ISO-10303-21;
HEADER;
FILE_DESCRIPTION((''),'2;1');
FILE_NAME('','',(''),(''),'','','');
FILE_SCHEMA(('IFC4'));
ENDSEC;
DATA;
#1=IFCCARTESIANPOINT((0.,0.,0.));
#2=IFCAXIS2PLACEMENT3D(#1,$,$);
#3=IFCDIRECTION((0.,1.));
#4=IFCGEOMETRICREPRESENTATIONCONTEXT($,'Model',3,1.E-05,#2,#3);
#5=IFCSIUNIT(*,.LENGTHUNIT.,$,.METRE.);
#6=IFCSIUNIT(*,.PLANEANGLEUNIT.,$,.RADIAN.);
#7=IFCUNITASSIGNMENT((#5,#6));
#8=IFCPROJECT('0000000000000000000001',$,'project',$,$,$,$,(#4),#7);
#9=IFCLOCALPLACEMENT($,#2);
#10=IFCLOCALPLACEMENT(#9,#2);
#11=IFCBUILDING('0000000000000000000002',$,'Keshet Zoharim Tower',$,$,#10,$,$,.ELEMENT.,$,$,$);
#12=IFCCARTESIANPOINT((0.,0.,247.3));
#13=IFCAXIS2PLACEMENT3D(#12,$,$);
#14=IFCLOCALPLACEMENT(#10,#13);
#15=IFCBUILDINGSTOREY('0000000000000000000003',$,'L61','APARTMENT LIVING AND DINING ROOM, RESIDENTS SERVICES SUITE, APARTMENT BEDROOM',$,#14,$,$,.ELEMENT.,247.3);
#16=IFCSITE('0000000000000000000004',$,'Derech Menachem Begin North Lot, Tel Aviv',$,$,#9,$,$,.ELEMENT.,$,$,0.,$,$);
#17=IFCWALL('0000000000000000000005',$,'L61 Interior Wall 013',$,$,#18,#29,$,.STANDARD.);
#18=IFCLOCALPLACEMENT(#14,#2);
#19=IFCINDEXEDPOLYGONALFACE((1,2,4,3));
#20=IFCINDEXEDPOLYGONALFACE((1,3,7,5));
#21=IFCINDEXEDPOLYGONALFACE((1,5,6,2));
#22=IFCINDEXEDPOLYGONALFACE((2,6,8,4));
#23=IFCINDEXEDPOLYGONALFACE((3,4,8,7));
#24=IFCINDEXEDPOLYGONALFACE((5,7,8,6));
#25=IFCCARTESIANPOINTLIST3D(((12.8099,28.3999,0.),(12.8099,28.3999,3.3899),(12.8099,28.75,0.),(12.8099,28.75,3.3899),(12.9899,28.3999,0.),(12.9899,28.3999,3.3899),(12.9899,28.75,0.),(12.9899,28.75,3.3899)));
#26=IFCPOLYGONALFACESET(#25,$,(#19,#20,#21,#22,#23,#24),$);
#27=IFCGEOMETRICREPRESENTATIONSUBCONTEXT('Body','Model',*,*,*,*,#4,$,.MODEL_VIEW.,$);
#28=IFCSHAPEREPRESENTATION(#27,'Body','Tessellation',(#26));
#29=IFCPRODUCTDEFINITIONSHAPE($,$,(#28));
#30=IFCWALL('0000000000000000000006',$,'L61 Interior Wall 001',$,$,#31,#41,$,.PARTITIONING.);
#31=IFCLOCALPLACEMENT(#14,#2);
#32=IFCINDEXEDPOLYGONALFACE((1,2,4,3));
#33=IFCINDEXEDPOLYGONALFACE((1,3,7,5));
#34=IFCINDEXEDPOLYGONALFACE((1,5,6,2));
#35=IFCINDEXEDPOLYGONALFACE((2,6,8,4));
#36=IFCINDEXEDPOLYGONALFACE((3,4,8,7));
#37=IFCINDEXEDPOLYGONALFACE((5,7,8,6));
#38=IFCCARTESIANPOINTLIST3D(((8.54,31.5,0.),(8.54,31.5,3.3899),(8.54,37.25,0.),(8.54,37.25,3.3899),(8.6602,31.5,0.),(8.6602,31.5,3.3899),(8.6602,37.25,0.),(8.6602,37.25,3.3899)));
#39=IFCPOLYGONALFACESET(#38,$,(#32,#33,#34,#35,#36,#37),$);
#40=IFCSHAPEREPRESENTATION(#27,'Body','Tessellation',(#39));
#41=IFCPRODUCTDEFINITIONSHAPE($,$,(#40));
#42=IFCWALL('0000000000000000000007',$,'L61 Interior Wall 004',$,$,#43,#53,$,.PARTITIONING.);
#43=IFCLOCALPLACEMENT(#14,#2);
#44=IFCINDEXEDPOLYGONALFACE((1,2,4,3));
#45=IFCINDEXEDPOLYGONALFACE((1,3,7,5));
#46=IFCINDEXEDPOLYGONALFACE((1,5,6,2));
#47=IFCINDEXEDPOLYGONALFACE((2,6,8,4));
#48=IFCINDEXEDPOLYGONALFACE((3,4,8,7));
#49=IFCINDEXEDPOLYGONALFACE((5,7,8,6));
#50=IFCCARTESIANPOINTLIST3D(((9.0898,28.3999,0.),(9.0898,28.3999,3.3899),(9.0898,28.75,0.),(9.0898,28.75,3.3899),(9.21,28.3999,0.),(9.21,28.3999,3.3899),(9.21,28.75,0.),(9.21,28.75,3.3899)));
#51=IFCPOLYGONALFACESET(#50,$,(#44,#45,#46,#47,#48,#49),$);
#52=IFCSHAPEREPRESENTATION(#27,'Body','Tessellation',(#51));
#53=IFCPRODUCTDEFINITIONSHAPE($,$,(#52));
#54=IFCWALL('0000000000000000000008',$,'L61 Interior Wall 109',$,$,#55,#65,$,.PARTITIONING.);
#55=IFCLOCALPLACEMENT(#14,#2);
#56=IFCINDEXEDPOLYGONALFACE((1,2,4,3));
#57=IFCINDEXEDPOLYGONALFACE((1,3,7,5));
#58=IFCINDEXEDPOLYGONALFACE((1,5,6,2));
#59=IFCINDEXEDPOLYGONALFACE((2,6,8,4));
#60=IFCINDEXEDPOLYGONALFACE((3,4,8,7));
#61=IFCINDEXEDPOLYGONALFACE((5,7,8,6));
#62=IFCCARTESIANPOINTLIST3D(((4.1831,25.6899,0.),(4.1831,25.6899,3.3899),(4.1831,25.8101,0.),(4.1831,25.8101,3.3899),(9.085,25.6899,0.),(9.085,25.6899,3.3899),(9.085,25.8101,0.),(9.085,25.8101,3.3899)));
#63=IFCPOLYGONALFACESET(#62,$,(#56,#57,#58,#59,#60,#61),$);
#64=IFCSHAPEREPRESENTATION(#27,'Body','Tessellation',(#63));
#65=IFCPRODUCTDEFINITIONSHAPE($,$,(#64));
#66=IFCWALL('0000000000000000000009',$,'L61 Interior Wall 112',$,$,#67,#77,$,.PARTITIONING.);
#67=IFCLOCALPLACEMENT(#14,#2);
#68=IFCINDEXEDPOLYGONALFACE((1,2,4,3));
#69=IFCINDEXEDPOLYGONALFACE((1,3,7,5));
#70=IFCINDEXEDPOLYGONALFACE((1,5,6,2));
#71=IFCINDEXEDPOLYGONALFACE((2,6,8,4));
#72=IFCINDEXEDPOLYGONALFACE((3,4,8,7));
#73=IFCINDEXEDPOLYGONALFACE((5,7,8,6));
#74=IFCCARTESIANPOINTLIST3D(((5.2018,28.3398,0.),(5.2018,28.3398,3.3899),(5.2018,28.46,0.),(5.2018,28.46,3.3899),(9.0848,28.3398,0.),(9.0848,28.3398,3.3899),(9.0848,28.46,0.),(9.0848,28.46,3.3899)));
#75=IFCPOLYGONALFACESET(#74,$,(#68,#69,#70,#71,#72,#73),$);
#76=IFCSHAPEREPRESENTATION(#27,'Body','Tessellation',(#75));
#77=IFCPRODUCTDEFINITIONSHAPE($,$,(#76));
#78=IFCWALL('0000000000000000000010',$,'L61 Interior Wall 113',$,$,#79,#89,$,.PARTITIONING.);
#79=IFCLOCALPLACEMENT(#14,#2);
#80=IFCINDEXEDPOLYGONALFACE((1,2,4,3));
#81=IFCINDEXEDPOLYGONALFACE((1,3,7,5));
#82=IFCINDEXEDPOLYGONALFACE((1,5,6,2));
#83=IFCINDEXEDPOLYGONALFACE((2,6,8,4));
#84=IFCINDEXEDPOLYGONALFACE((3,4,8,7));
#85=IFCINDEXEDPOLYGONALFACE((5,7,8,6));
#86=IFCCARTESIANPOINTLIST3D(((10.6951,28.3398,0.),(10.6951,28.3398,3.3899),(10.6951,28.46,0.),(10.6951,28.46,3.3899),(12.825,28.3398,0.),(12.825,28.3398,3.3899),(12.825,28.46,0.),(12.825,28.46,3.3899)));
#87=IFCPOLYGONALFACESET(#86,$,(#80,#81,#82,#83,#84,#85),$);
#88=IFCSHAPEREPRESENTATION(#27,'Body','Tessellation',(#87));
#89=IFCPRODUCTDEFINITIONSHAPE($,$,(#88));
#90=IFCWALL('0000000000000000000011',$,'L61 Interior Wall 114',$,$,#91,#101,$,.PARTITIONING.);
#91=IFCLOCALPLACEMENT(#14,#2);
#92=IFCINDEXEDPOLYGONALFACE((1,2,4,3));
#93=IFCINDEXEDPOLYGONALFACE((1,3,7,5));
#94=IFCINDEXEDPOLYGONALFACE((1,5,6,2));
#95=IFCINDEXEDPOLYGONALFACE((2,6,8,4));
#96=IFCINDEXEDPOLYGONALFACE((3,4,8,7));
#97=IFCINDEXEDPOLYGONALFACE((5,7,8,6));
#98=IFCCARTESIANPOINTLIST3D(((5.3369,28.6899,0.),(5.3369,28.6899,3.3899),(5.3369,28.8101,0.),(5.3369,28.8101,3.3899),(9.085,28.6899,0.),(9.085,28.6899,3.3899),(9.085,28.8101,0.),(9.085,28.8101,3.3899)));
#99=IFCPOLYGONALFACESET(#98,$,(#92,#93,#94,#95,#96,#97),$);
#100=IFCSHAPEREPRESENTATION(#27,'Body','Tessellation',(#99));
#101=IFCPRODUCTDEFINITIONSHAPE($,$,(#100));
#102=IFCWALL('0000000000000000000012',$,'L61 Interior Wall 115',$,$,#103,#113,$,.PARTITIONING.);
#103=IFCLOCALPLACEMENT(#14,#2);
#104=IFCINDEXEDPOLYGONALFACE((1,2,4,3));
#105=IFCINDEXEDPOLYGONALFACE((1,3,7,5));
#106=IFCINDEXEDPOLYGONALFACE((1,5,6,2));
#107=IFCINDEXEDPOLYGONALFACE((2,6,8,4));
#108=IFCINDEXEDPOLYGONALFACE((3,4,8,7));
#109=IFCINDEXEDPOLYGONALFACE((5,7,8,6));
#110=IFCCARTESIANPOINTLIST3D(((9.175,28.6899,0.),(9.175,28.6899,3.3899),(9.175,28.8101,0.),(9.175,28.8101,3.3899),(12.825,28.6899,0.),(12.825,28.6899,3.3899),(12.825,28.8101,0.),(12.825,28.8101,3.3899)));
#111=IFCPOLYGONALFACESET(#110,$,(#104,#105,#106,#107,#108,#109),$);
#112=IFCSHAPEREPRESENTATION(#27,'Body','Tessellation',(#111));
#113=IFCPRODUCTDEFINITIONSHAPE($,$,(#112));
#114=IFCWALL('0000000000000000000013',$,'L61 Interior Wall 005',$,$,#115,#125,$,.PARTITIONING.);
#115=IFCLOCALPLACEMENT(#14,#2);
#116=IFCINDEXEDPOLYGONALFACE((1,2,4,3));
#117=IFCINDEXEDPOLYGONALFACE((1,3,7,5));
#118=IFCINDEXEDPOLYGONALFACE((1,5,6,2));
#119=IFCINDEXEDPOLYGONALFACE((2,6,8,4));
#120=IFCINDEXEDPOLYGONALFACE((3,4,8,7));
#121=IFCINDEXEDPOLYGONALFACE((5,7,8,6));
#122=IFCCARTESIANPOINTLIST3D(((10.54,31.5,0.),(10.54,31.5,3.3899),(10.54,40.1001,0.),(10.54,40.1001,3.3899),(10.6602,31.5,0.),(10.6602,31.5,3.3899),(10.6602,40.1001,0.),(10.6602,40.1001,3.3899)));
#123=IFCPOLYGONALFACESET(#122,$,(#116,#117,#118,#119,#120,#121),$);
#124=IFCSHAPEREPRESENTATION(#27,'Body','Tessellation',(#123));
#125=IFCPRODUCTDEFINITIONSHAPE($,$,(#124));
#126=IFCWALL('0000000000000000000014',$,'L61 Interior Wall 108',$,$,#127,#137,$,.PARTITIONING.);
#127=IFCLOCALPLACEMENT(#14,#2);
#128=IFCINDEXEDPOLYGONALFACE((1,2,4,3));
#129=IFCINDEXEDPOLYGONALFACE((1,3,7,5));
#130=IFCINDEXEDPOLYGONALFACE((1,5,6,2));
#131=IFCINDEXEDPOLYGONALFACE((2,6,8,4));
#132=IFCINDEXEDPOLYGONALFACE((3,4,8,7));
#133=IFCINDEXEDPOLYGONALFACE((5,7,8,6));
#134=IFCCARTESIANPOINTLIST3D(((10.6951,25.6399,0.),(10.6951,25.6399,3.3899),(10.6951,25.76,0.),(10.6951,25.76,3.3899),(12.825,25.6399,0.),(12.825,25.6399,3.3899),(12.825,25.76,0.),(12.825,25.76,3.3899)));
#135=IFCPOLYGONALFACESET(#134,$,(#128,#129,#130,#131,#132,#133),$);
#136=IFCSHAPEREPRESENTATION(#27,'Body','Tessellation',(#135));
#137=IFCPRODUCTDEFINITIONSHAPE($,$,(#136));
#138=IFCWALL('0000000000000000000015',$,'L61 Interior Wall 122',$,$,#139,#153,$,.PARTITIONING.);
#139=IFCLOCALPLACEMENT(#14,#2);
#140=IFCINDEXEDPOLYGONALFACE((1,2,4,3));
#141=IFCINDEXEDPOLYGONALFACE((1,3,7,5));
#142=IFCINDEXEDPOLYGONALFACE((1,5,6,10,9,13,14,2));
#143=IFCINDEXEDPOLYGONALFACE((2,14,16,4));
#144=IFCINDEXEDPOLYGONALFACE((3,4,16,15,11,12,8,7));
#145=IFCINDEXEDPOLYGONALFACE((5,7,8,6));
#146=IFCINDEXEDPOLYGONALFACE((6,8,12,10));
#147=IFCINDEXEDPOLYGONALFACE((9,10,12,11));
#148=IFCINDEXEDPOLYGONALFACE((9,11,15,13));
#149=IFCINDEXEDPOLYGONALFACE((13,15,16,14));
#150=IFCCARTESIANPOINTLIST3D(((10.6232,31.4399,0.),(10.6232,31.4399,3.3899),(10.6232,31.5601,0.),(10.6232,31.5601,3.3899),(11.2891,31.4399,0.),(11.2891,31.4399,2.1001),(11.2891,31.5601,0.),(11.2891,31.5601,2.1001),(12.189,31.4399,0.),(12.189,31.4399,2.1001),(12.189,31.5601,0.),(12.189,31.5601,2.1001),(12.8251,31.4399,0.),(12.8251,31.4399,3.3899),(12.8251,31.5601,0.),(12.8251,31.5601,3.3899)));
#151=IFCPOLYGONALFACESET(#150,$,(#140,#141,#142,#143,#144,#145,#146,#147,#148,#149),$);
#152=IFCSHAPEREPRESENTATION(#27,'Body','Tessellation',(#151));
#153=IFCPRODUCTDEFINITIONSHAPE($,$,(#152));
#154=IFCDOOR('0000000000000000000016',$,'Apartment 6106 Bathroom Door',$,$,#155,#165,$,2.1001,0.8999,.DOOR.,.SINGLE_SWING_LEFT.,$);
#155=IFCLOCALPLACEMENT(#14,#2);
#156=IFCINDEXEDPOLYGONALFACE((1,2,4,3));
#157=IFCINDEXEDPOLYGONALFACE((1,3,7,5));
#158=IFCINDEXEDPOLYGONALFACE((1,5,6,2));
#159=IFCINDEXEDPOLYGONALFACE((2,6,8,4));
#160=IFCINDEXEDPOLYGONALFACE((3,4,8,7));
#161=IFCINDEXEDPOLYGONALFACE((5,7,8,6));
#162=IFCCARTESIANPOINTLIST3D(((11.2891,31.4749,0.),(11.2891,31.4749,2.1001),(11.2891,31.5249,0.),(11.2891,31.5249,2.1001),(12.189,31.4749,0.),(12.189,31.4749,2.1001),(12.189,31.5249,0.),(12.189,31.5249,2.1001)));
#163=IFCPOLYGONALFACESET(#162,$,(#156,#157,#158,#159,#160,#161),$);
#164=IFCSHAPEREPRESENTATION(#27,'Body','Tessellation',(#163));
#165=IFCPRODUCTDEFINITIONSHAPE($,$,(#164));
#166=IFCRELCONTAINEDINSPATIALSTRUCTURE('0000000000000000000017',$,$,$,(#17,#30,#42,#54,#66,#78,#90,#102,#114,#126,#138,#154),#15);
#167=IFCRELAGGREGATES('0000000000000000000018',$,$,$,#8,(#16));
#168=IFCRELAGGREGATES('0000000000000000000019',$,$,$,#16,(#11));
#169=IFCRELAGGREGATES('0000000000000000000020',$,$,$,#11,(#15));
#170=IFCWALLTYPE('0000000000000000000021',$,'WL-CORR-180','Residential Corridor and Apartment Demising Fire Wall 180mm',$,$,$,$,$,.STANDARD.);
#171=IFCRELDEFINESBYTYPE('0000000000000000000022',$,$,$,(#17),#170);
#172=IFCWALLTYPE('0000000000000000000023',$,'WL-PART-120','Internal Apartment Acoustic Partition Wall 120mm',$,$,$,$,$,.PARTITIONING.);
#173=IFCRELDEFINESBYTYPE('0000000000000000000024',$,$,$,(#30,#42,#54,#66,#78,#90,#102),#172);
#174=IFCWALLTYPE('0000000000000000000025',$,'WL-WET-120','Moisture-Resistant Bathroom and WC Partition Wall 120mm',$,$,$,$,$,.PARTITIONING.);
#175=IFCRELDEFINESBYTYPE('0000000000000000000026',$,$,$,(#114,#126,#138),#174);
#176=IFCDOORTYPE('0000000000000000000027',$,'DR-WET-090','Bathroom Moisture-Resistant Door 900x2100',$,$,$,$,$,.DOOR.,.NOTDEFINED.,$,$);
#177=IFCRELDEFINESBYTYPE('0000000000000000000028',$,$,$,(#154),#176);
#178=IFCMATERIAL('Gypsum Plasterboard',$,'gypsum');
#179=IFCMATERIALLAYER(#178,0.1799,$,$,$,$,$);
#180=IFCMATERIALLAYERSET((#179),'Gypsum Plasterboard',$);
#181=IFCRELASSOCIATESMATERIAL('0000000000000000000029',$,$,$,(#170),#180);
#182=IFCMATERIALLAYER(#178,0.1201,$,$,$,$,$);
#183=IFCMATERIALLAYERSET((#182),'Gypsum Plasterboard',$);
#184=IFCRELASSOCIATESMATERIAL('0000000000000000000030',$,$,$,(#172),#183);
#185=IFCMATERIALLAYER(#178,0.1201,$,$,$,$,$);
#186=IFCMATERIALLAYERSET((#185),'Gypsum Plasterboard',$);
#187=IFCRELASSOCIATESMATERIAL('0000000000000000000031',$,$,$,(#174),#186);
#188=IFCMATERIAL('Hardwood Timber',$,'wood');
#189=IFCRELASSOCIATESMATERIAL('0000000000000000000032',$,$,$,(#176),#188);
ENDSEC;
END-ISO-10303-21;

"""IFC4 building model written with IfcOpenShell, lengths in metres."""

from ifc_helpers import new_model, si_unit, direction, frame, frame_2d, origin, place, context, subcontext, project, spatial, rectangle, extrude, material, layer, layer_set, type_object, element, fill, save


model = new_model("IFC4")

# Units and contexts
model_context = context("Model", 3, precision=1e-05, world=origin(), true_north=direction((0.0, 1.0)))
body_context = subcontext(model_context, "Body", "Model", "MODEL_VIEW")
ifc_project = project(units=[si_unit("LENGTHUNIT", "METRE"), si_unit("PLANEANGLEUNIT", "RADIAN")], contexts=[model_context])

# Site, building, storey
site_placement = place(None, origin())
site = spatial("IfcSite", under=ifc_project, at=site_placement, Name="Derech Menachem Begin North Lot, Tel Aviv", CompositionType="ELEMENT", RefElevation=0.0)
building_placement = place(site_placement, origin())
building = spatial("IfcBuilding", under=site, at=building_placement, Name="Keshet Zoharim Tower", CompositionType="ELEMENT")
storey_placement = place(building_placement, frame((0.0, 0.0, 247.3)))
storey = spatial("IfcBuildingStorey", under=building, at=storey_placement, Name="L61", Description="APARTMENT LIVING AND DINING ROOM, RESIDENTS SERVICES SUITE, APARTMENT BEDROOM", CompositionType="ELEMENT", Elevation=247.3)

# Wall
ifc_material_1 = material(Name="Gypsum Plasterboard", Category="gypsum")
ifc_layer_1 = layer(ifc_material_1, 0.1799)
ifc_layer_set_1 = layer_set([ifc_layer_1], Name="Gypsum Plasterboard")
wall_type_1 = type_object("IfcWallType", Name="WL-CORR-180", Description="Residential Corridor and Apartment Demising Fire Wall 180mm", PredefinedType="STANDARD", material=ifc_layer_set_1)
wall_1_placement = place(storey_placement, frame((12.8999, 28.3999, 0.0), z_axis=(0.0, 0.0, 1.0), x_axis=(0.0, 1.0, 0.0)))
element("IfcWall", 1, at=wall_1_placement, inside=storey, type_object=wall_type_1, Name="L61 Interior Wall 013", PredefinedType="STANDARD", context=body_context, shape_type="SweptSolid", body=[
    extrude(rectangle(XDim=0.3501, YDim=0.1799, at=frame_2d((0.175, 0.0))), origin(), (0.0, 0.0, 1.0), 3.3899),
])

# Shared definitions
ifc_material_2 = material(Name="Hardwood Timber", Category="wood")

# Walls
ifc_layer_2 = layer(ifc_material_1, 0.1201)
ifc_layer_set_2 = layer_set([ifc_layer_2], Name="Gypsum Plasterboard")
wall_type_2 = type_object("IfcWallType", Name="WL-PART-120", Description="Internal Apartment Acoustic Partition Wall 120mm", PredefinedType="PARTITIONING", material=ifc_layer_set_2)
wall_2_placement = place(storey_placement, frame((8.6001, 31.5, 0.0), z_axis=(0.0, 0.0, 1.0), x_axis=(0.0, 1.0, 0.0)))
element("IfcWall", 2, at=wall_2_placement, inside=storey, type_object=wall_type_2, Name="L61 Interior Wall 001", PredefinedType="PARTITIONING", context=body_context, shape_type="SweptSolid", body=[
    extrude(rectangle(XDim=5.75, YDim=0.1201, at=frame_2d((2.875, 0.0))), origin(), (0.0, 0.0, 1.0), 3.3899),
])
wall_3_placement = place(storey_placement, frame((9.1499, 28.3999, 0.0), z_axis=(0.0, 0.0, 1.0), x_axis=(0.0, 1.0, 0.0)))
element("IfcWall", 3, at=wall_3_placement, inside=storey, type_object=wall_type_2, Name="L61 Interior Wall 004", PredefinedType="PARTITIONING", context=body_context, shape_type="SweptSolid", body=[
    extrude(rectangle(XDim=0.3501, YDim=0.1201, at=frame_2d((0.175, 0.0))), origin(), (0.0, 0.0, 1.0), 3.3899),
])

# Walls
wall_4_placement = place(storey_placement, frame((4.1831, 25.75, 0.0), z_axis=(0.0, 0.0, 1.0), x_axis=(1.0, 0.0, 0.0)))
element("IfcWall", 4, at=wall_4_placement, inside=storey, type_object=wall_type_2, Name="L61 Interior Wall 109", PredefinedType="PARTITIONING", context=body_context, shape_type="SweptSolid", body=[
    extrude(rectangle(XDim=4.9019, YDim=0.1201, at=frame_2d((2.4509, 0.0))), origin(), (0.0, 0.0, 1.0), 3.3899),
])
wall_5_placement = place(storey_placement, frame((5.2019, 28.3999, 0.0), z_axis=(0.0, 0.0, 1.0), x_axis=(1.0, 0.0, 0.0)))
element("IfcWall", 5, at=wall_5_placement, inside=storey, type_object=wall_type_2, Name="L61 Interior Wall 112", PredefinedType="PARTITIONING", context=body_context, shape_type="SweptSolid", body=[
    extrude(rectangle(XDim=3.8831, YDim=0.1201, at=frame_2d((1.9414, 0.0))), origin(), (0.0, 0.0, 1.0), 3.3899),
])
wall_6_placement = place(storey_placement, frame((10.6951, 28.3999, 0.0), z_axis=(0.0, 0.0, 1.0), x_axis=(1.0, 0.0, 0.0)))
element("IfcWall", 6, at=wall_6_placement, inside=storey, type_object=wall_type_2, Name="L61 Interior Wall 113", PredefinedType="PARTITIONING", context=body_context, shape_type="SweptSolid", body=[
    extrude(rectangle(XDim=2.1299, YDim=0.1201, at=frame_2d((1.0649, 0.0))), origin(), (0.0, 0.0, 1.0), 3.3899),
])
wall_7_placement = place(storey_placement, frame((5.3369, 28.75, 0.0), z_axis=(0.0, 0.0, 1.0), x_axis=(1.0, 0.0, 0.0)))
element("IfcWall", 7, at=wall_7_placement, inside=storey, type_object=wall_type_2, Name="L61 Interior Wall 114", PredefinedType="PARTITIONING", context=body_context, shape_type="SweptSolid", body=[
    extrude(rectangle(XDim=3.748, YDim=0.1201, at=frame_2d((1.874, 0.0))), origin(), (0.0, 0.0, 1.0), 3.3899),
])
wall_8_placement = place(storey_placement, frame((9.175, 28.75, 0.0), z_axis=(0.0, 0.0, 1.0), x_axis=(1.0, 0.0, 0.0)))
element("IfcWall", 8, at=wall_8_placement, inside=storey, type_object=wall_type_2, Name="L61 Interior Wall 115", PredefinedType="PARTITIONING", context=body_context, shape_type="SweptSolid", body=[
    extrude(rectangle(XDim=3.6499, YDim=0.1201, at=frame_2d((1.825, 0.0))), origin(), (0.0, 0.0, 1.0), 3.3899),
])

# Walls
ifc_layer_3 = layer(ifc_material_1, 0.1201)
ifc_layer_set_3 = layer_set([ifc_layer_3], Name="Gypsum Plasterboard")
wall_type_3 = type_object("IfcWallType", Name="WL-WET-120", Description="Moisture-Resistant Bathroom and WC Partition Wall 120mm", PredefinedType="PARTITIONING", material=ifc_layer_set_3)
wall_9_placement = place(storey_placement, frame((10.6001, 31.5, 0.0), z_axis=(0.0, 0.0, 1.0), x_axis=(0.0, 1.0, 0.0)))
element("IfcWall", 9, at=wall_9_placement, inside=storey, type_object=wall_type_3, Name="L61 Interior Wall 005", PredefinedType="PARTITIONING", context=body_context, shape_type="SweptSolid", body=[
    extrude(rectangle(XDim=8.6001, YDim=0.1201, at=frame_2d((4.3, 0.0))), origin(), (0.0, 0.0, 1.0), 3.3899),
])
wall_10_placement = place(storey_placement, frame((10.6951, 25.7, 0.0), z_axis=(0.0, 0.0, 1.0), x_axis=(1.0, 0.0, 0.0)))
element("IfcWall", 10, at=wall_10_placement, inside=storey, type_object=wall_type_3, Name="L61 Interior Wall 108", PredefinedType="PARTITIONING", context=body_context, shape_type="SweptSolid", body=[
    extrude(rectangle(XDim=2.1299, YDim=0.1201, at=frame_2d((1.0649, 0.0))), origin(), (0.0, 0.0, 1.0), 3.3899),
])

# Wall, opening, door
wall_11_placement = place(storey_placement, frame((10.623, 31.5, 0.0), z_axis=(0.0, 0.0, 1.0), x_axis=(1.0, 0.0, 0.0)))
wall_11 = element("IfcWall", 11, at=wall_11_placement, inside=storey, type_object=wall_type_3, Name="L61 Interior Wall 122", PredefinedType="PARTITIONING", context=body_context, shape_type="SweptSolid", body=[
    extrude(rectangle(XDim=2.2019, YDim=0.1201, at=frame_2d((1.1011, 0.0))), origin(), (0.0, 0.0, 1.0), 3.3899),
])
opening_1_placement = place(wall_11_placement, frame((0.666, 0.0, 0.0)))
opening_1 = element("IfcOpeningElement", 12, at=opening_1_placement, cuts=wall_11, PredefinedType="OPENING", context=body_context, shape_type="SweptSolid", body=[
    extrude(rectangle(XDim=0.8999, YDim=2.1001, at=frame_2d((0.45, 1.05))), frame((0.0, 0.0701, 0.0), z_axis=(0.0, -1.0, 0.0), x_axis=(1.0, 0.0, 0.0)), (0.0, 0.0, 1.0), 0.1401),
])
door_type_1 = type_object("IfcDoorType", Name="DR-WET-090", Description="Bathroom Moisture-Resistant Door 900x2100", OperationType="NOTDEFINED", PredefinedType="DOOR", material=ifc_material_2)
door_1_placement = place(opening_1_placement, origin())
door_1 = element("IfcDoor", 13, at=door_1_placement, inside=storey, type_object=door_type_1, Name="Apartment 6106 Bathroom Door", OperationType="SINGLE_SWING_LEFT", OverallHeight=2.1001, OverallWidth=0.8999, PredefinedType="DOOR", context=body_context, shape_type="SweptSolid", body=[
    extrude(rectangle(XDim=0.8999, YDim=2.1001, at=frame_2d((0.45, 1.05))), frame((0.0, 0.0249, 0.0), z_axis=(0.0, -1.0, 0.0), x_axis=(1.0, 0.0, 0.0)), (0.0, 0.0, 1.0), 0.05),
])
fill(opening_1, door_1)

save(model, "model.ifc")
